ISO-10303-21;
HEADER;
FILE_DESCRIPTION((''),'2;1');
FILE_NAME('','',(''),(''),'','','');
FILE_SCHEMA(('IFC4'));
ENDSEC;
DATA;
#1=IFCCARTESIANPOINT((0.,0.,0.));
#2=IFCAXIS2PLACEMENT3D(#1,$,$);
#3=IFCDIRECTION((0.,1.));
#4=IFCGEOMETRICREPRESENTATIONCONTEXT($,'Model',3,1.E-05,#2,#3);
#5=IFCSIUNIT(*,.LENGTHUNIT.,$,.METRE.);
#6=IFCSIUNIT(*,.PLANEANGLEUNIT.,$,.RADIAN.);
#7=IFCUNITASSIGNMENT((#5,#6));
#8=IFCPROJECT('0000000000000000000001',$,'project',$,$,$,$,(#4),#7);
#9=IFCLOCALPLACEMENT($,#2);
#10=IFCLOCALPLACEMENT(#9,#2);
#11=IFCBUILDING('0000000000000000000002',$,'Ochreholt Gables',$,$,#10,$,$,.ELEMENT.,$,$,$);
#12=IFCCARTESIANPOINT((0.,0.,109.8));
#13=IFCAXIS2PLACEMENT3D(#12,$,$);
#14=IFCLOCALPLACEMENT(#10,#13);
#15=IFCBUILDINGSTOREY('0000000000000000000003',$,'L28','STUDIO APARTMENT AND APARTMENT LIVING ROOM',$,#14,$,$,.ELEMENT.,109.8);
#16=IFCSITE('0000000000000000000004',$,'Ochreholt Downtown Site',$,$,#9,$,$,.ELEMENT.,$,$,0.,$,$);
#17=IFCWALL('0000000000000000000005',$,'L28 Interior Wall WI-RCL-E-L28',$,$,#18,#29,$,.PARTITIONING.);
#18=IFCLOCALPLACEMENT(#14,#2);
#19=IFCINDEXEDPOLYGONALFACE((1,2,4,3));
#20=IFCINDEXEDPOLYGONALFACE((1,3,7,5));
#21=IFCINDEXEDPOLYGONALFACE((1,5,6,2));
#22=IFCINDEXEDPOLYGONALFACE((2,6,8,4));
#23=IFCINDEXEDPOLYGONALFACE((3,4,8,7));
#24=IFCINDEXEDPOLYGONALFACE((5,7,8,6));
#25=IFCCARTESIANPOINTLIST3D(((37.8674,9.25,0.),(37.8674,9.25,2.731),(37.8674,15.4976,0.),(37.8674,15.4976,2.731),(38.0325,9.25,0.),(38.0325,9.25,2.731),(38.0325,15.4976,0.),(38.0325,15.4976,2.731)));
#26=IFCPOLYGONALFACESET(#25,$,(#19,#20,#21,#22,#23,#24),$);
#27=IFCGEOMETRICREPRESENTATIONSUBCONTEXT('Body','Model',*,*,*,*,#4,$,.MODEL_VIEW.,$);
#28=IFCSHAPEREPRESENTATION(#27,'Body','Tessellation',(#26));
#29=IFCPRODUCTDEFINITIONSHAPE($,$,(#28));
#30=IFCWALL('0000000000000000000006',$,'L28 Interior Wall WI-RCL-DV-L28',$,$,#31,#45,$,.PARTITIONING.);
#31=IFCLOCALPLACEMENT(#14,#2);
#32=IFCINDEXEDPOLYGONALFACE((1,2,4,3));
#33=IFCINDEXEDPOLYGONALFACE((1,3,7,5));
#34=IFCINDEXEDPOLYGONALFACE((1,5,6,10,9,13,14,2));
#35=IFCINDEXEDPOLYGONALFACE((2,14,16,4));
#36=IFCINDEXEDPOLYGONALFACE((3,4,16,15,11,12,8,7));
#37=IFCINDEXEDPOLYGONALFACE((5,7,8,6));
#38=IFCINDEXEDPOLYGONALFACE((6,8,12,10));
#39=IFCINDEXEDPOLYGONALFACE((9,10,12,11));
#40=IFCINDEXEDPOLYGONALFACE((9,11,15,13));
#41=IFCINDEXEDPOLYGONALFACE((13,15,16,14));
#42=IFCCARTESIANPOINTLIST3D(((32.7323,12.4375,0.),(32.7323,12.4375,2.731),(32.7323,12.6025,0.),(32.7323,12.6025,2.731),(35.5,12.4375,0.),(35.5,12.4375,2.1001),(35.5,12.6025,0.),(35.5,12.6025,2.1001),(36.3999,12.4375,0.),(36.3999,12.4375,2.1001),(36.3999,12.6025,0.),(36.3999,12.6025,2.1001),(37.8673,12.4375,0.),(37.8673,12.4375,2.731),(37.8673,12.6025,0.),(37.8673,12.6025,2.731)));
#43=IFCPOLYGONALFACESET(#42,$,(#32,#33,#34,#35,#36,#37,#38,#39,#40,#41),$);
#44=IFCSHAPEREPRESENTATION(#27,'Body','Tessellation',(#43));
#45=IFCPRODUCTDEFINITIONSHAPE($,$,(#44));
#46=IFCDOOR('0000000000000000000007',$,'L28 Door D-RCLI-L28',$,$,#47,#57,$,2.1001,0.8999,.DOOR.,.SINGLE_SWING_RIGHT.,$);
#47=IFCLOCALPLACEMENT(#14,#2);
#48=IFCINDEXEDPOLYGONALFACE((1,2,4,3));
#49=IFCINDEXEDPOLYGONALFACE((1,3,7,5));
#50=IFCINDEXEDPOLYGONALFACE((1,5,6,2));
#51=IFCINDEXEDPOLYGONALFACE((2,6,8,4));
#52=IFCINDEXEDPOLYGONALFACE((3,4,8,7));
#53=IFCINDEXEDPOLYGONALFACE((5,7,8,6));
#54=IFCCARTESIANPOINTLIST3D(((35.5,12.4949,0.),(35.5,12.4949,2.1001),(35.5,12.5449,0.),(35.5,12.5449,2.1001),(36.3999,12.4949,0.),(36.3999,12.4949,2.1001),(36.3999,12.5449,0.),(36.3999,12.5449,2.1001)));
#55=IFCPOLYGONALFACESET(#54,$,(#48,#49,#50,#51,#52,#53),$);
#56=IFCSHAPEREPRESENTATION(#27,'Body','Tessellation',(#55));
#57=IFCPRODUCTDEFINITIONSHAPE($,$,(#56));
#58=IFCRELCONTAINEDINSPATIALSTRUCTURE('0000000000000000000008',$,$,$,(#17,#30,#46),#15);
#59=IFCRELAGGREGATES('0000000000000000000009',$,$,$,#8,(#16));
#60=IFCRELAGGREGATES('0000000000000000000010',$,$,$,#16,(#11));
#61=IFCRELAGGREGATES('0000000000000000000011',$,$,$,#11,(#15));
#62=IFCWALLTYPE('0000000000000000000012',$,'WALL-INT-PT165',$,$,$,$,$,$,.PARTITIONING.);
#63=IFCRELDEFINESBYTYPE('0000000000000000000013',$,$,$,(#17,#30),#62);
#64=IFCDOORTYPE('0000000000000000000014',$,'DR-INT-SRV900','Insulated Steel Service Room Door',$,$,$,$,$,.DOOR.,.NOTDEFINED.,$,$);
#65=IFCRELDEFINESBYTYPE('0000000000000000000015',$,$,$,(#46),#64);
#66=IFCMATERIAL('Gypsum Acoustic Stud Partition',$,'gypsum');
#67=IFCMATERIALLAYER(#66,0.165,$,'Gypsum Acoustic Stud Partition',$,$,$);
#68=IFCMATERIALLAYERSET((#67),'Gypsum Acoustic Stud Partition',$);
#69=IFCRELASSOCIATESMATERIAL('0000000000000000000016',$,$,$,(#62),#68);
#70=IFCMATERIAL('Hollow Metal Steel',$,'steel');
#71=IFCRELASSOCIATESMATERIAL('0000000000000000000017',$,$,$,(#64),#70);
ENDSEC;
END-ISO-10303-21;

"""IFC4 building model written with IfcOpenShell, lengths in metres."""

from ifc_helpers import new_model, si_unit, direction, frame, frame_2d, origin, place, context, subcontext, project, spatial, rectangle, extrude, material, layer, layer_set, type_object, element, fill, save


model = new_model("IFC4")

# Units and contexts
model_context = context("Model", 3, precision=1e-05, world=origin(), true_north=direction((0.0, 1.0)))
body_context = subcontext(model_context, "Body", "Model", "MODEL_VIEW")
ifc_project = project(units=[si_unit("LENGTHUNIT", "METRE"), si_unit("PLANEANGLEUNIT", "RADIAN")], contexts=[model_context])

# Site, building, storey
site_placement = place(None, origin())
site = spatial("IfcSite", under=ifc_project, at=site_placement, Name="Ochreholt Downtown Site", CompositionType="ELEMENT", RefElevation=0.0)
building_placement = place(site_placement, origin())
building = spatial("IfcBuilding", under=site, at=building_placement, Name="Ochreholt Gables", CompositionType="ELEMENT")
storey_placement = place(building_placement, frame((0.0, 0.0, 109.8)))
storey = spatial("IfcBuildingStorey", under=building, at=storey_placement, Name="L28", Description="STUDIO APARTMENT AND APARTMENT LIVING ROOM", CompositionType="ELEMENT", Elevation=109.8)

# Wall
ifc_material_1 = material(Name="Gypsum Acoustic Stud Partition", Category="gypsum")
ifc_layer_1 = layer(ifc_material_1, 0.165, Name="Gypsum Acoustic Stud Partition")
ifc_layer_set_1 = layer_set([ifc_layer_1], Name="Gypsum Acoustic Stud Partition")
wall_type_1 = type_object("IfcWallType", Name="WALL-INT-PT165", PredefinedType="PARTITIONING", material=ifc_layer_set_1)
wall_1_placement = place(storey_placement, frame((37.95, 9.25, 0.0), z_axis=(0.0, 0.0, 1.0), x_axis=(0.0, 1.0, 0.0)))
element("IfcWall", 1, at=wall_1_placement, inside=storey, type_object=wall_type_1, Name="L28 Interior Wall WI-RCL-E-L28", PredefinedType="PARTITIONING", context=body_context, shape_type="SweptSolid", body=[
    extrude(rectangle(XDim=6.2476, YDim=0.165, at=frame_2d((3.1238, 0.0))), origin(), (0.0, 0.0, 1.0), 2.731),
])

# Wall, opening, door
wall_2_placement = place(storey_placement, frame((32.7324, 12.52, 0.0), z_axis=(0.0, 0.0, 1.0), x_axis=(1.0, 0.0, 0.0)))
wall_2 = element("IfcWall", 2, at=wall_2_placement, inside=storey, type_object=wall_type_1, Name="L28 Interior Wall WI-RCL-DV-L28", PredefinedType="PARTITIONING", context=body_context, shape_type="SweptSolid", body=[
    extrude(rectangle(XDim=5.135, YDim=0.165, at=frame_2d((2.5674, 0.0))), origin(), (0.0, 0.0, 1.0), 2.731),
])
opening_1_placement = place(wall_2_placement, frame((2.7676, 0.0, 0.0)))
opening_1 = element("IfcOpeningElement", 3, at=opening_1_placement, cuts=wall_2, PredefinedType="OPENING", context=body_context, shape_type="SweptSolid", body=[
    extrude(rectangle(XDim=0.8999, YDim=2.1001, at=frame_2d((0.45, 1.05))), frame((0.0, 0.0925, 0.0), z_axis=(0.0, -1.0, 0.0), x_axis=(1.0, 0.0, 0.0)), (0.0, 0.0, 1.0), 0.1851),
])
ifc_material_2 = material(Name="Hollow Metal Steel", Category="steel")
door_type_1 = type_object("IfcDoorType", Name="DR-INT-SRV900", Description="Insulated Steel Service Room Door", OperationType="NOTDEFINED", PredefinedType="DOOR", material=ifc_material_2)
door_1_placement = place(opening_1_placement, origin())
door_1 = element("IfcDoor", 4, at=door_1_placement, inside=storey, type_object=door_type_1, Name="L28 Door D-RCLI-L28", OperationType="SINGLE_SWING_RIGHT", OverallHeight=2.1001, OverallWidth=0.8999, PredefinedType="DOOR", context=body_context, shape_type="SweptSolid", body=[
    extrude(rectangle(XDim=0.8999, YDim=2.1001, at=frame_2d((0.45, 1.05))), frame((0.0, 0.0249, 0.0), z_axis=(0.0, -1.0, 0.0), x_axis=(1.0, 0.0, 0.0)), (0.0, 0.0, 1.0), 0.05),
])
fill(opening_1, door_1)

save(model, "model.ifc")
